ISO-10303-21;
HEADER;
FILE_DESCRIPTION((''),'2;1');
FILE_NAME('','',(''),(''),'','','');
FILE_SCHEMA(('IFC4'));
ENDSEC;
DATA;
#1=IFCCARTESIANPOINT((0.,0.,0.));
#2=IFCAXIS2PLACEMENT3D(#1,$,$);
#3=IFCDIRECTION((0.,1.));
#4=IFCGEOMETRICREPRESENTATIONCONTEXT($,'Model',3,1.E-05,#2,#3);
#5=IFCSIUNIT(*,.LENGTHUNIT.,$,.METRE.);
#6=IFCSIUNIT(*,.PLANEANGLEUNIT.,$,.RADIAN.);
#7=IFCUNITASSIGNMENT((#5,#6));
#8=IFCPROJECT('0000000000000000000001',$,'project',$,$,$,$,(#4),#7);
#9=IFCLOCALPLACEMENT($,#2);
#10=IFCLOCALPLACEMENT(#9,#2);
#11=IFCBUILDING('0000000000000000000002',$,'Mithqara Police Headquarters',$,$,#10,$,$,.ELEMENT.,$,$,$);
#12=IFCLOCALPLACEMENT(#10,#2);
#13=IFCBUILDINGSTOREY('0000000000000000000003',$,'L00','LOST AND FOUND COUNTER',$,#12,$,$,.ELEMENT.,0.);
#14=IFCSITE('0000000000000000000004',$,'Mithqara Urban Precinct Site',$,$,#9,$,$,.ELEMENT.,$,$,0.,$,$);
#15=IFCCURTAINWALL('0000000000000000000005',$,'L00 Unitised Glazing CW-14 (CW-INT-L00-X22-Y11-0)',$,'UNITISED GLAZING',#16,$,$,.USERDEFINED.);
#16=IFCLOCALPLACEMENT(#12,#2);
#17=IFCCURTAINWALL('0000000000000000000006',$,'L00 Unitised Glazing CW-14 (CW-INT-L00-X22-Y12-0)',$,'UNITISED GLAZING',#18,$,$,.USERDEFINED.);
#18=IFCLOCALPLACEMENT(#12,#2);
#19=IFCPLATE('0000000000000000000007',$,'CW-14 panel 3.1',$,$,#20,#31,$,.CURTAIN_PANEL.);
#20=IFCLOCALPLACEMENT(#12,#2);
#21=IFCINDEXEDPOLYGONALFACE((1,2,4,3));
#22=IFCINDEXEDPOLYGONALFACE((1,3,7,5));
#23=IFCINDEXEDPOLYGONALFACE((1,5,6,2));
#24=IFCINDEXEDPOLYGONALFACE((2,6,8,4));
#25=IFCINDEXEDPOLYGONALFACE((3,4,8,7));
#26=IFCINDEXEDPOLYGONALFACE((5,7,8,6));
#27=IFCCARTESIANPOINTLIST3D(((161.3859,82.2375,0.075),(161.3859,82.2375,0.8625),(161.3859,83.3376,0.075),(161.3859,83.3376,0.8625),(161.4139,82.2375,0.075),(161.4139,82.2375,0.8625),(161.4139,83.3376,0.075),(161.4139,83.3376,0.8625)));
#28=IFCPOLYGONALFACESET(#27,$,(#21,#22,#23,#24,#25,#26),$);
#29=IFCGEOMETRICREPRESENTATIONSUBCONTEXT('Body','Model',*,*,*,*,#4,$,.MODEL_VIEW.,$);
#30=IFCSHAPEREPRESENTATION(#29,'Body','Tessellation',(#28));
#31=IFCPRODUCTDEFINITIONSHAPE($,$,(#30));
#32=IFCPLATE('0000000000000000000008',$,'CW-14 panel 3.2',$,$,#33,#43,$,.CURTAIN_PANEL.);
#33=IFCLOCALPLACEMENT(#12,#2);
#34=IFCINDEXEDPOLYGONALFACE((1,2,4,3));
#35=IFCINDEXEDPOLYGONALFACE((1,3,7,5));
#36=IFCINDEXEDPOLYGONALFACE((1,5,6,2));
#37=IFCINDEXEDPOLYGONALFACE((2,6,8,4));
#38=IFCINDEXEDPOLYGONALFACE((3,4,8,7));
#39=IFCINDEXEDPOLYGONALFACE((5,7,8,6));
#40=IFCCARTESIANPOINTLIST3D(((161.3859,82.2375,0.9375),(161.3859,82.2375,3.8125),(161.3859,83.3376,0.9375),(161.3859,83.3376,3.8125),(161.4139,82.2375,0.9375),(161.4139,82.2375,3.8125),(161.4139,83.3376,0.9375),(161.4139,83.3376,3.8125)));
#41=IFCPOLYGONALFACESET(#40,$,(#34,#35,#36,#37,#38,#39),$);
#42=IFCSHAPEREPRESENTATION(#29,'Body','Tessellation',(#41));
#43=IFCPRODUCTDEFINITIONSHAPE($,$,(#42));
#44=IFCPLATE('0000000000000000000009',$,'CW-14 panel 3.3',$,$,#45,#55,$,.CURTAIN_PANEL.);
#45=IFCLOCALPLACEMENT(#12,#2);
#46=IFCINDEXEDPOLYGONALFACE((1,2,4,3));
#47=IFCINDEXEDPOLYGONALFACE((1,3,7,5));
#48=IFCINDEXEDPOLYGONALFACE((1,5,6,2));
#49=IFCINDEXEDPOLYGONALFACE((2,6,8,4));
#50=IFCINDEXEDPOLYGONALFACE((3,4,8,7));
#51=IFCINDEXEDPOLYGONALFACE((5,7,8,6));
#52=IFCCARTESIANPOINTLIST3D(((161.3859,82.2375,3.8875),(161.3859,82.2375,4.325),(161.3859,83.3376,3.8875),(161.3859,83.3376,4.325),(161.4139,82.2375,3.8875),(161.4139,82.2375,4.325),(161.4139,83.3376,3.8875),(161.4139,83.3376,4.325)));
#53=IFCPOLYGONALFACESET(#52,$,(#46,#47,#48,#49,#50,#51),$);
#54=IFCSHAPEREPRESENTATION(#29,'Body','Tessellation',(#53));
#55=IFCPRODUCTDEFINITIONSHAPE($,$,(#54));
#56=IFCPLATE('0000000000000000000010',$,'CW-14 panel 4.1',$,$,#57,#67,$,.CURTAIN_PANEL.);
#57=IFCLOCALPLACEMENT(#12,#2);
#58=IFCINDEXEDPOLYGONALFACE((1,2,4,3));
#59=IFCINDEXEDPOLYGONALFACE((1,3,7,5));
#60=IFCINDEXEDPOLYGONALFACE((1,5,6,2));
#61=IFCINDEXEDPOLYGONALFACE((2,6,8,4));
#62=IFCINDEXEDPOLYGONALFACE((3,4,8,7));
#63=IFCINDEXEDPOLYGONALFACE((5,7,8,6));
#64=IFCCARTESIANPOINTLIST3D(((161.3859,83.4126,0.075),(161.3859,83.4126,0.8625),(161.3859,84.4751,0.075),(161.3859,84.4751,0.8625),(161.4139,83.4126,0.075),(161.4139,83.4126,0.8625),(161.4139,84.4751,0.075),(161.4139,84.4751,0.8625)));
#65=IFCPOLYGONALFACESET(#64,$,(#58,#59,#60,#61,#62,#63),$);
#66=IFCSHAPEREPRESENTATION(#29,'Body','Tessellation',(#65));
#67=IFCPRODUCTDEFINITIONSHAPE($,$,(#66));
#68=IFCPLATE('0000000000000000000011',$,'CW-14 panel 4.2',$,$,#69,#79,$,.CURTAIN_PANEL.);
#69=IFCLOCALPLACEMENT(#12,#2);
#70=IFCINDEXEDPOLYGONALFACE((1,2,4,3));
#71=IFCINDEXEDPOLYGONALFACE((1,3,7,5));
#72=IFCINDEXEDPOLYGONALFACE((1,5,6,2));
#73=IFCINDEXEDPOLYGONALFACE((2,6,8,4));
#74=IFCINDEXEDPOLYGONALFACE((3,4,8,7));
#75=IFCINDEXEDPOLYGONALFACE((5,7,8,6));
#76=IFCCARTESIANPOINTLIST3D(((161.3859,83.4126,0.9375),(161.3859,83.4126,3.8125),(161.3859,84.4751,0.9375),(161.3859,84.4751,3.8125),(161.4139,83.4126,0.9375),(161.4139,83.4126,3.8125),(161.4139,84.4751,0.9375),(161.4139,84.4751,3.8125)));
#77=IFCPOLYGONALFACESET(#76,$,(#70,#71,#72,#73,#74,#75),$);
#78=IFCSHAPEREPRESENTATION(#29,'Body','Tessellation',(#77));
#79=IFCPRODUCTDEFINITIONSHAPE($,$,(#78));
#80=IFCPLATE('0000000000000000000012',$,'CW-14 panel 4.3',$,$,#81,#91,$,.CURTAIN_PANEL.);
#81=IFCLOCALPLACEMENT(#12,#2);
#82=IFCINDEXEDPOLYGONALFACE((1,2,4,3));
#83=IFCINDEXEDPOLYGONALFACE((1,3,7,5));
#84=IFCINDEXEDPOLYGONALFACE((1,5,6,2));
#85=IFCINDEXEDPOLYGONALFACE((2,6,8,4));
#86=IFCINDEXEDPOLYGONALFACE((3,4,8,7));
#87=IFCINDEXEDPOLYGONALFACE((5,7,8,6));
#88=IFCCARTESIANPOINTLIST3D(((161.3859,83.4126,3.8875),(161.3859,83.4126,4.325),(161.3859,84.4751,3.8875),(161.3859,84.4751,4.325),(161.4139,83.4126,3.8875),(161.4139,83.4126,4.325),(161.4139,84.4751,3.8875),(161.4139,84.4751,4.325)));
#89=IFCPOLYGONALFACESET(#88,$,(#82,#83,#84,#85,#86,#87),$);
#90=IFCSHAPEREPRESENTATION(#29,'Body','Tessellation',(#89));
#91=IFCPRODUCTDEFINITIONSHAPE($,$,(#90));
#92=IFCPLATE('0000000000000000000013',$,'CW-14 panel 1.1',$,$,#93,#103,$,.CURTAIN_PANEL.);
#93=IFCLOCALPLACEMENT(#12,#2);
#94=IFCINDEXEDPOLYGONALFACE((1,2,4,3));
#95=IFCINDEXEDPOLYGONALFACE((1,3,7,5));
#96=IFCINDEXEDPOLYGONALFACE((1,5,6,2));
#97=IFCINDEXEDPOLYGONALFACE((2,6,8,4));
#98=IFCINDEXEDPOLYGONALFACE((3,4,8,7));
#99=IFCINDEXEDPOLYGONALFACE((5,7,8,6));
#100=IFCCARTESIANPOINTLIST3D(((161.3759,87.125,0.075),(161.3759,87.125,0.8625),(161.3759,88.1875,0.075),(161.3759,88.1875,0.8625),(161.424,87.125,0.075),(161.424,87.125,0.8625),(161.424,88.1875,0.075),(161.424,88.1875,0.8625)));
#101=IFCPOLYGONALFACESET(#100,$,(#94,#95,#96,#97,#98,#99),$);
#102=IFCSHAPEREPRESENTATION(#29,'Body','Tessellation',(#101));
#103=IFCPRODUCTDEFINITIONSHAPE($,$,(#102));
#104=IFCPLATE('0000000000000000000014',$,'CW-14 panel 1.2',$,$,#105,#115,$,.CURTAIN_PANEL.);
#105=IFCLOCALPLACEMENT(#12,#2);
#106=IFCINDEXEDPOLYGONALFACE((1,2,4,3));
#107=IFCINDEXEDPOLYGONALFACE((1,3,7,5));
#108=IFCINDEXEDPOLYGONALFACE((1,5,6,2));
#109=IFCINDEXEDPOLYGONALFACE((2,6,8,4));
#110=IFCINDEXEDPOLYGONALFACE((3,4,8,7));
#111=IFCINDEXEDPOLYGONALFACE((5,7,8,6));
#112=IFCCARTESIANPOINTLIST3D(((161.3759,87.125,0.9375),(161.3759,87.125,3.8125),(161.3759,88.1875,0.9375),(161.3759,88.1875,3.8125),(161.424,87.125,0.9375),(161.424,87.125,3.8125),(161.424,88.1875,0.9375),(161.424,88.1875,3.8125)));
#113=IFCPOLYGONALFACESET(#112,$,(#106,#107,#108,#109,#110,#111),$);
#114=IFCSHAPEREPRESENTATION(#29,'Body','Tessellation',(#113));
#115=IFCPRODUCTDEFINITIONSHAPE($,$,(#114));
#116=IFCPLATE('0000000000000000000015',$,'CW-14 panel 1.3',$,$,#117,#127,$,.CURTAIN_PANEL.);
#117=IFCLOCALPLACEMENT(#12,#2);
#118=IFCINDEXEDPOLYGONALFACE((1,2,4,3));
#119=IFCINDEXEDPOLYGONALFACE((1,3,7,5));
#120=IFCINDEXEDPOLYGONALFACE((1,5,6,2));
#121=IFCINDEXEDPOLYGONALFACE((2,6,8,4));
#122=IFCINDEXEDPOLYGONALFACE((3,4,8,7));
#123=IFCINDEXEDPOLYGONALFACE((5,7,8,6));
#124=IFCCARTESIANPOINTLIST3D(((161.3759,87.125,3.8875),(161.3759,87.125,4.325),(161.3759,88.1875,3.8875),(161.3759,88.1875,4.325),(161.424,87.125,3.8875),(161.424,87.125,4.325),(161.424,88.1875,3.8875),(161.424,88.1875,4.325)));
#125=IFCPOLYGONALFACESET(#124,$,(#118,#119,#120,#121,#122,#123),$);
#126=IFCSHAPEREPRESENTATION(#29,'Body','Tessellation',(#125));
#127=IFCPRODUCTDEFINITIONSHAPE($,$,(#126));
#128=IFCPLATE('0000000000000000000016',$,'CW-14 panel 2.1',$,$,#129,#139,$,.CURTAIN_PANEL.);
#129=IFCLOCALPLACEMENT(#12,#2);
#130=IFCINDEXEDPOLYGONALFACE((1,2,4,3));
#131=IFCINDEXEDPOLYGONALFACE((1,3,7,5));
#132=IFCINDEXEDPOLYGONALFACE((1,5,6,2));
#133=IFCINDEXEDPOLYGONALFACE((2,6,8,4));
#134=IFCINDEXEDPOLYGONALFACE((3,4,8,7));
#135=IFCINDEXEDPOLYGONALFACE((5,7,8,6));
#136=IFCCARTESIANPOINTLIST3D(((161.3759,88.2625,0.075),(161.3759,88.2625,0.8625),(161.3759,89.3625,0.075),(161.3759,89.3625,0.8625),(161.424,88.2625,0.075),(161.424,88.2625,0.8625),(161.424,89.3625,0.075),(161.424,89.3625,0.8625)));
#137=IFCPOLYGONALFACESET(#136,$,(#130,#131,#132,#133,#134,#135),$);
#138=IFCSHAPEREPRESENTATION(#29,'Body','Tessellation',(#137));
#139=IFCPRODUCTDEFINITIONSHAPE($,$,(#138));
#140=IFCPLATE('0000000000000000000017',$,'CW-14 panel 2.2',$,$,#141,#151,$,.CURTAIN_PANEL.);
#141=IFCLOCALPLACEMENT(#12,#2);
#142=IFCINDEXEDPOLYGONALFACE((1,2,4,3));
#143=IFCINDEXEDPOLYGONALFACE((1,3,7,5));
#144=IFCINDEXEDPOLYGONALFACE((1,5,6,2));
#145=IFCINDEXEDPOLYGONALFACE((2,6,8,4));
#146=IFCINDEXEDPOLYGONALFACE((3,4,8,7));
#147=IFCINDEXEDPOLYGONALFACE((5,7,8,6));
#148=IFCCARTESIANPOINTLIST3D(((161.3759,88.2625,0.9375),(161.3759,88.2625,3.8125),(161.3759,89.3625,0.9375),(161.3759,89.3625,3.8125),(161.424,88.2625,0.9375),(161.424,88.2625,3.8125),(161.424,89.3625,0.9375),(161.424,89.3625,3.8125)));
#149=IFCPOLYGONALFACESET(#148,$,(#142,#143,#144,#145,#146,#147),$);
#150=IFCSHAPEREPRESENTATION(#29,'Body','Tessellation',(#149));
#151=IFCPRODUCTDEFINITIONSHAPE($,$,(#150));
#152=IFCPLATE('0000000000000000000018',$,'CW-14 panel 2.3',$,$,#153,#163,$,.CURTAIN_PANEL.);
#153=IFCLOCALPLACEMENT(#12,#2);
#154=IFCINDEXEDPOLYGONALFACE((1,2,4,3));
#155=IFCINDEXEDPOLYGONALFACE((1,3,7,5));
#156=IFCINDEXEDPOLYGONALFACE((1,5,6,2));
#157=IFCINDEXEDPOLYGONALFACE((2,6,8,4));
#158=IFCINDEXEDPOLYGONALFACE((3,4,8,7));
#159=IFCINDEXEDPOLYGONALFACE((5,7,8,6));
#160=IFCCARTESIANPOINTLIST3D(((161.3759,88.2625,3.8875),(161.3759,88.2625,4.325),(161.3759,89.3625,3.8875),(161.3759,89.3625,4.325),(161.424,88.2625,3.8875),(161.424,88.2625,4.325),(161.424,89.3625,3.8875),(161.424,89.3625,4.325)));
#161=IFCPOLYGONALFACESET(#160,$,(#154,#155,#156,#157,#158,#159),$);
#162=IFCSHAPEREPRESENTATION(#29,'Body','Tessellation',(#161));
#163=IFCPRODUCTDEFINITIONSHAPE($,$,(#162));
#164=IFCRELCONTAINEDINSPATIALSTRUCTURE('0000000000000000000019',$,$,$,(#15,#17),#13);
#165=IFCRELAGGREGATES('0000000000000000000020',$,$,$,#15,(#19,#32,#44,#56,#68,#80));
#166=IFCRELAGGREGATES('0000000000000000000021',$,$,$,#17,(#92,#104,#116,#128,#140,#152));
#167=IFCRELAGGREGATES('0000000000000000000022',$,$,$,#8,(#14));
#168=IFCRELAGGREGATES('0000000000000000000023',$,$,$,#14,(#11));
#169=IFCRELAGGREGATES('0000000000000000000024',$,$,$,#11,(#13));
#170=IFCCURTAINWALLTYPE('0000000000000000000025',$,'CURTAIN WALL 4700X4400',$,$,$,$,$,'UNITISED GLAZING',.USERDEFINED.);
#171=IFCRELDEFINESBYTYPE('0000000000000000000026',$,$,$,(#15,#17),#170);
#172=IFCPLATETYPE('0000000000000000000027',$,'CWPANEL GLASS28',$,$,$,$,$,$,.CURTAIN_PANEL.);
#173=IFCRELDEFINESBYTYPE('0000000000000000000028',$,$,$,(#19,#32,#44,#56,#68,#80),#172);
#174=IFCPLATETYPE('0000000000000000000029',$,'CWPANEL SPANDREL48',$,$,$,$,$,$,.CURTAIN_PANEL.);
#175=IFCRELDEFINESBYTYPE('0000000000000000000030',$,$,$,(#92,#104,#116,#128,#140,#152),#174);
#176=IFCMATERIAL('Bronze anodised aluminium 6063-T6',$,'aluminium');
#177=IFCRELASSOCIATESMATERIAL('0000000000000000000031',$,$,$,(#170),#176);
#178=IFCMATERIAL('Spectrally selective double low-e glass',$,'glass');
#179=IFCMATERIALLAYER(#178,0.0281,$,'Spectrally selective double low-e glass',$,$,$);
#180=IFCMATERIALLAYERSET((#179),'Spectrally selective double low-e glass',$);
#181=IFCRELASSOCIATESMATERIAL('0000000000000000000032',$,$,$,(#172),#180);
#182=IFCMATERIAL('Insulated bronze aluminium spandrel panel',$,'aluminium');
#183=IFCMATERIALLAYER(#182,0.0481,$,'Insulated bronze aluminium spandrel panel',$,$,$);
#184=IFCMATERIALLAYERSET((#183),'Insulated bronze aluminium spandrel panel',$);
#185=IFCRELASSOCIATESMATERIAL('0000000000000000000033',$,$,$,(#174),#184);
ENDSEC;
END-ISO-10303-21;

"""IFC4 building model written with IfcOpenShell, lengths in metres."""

from ifc_helpers import new_model, si_unit, direction, frame, origin, origin_2d, place, context, subcontext, project, spatial, rectangle, extrude, material, layer, layer_set, type_object, element, aggregate, save


model = new_model("IFC4")

# Units and contexts
model_context = context("Model", 3, precision=1e-05, world=origin(), true_north=direction((0.0, 1.0)))
body_context = subcontext(model_context, "Body", "Model", "MODEL_VIEW")
ifc_project = project(units=[si_unit("LENGTHUNIT", "METRE"), si_unit("PLANEANGLEUNIT", "RADIAN")], contexts=[model_context])

# Site, building, storey
site_placement = place(None, origin())
site = spatial("IfcSite", under=ifc_project, at=site_placement, Name="Mithqara Urban Precinct Site", CompositionType="ELEMENT", RefElevation=0.0)
building_placement = place(site_placement, origin())
building = spatial("IfcBuilding", under=site, at=building_placement, Name="Mithqara Police Headquarters", CompositionType="ELEMENT")
storey_placement = place(building_placement, origin())
storey = spatial("IfcBuildingStorey", under=building, at=storey_placement, Name="L00", Description="LOST AND FOUND COUNTER", CompositionType="ELEMENT", Elevation=0.0)

# Curtain walls
ifc_material_1 = material(Name="Bronze anodised aluminium 6063-T6", Category="aluminium")
curtain_wall_type = type_object("IfcCurtainWallType", Name="CURTAIN WALL 4700X4400", ElementType="UNITISED GLAZING", PredefinedType="USERDEFINED", material=ifc_material_1)
curtain_wall_1_placement = place(storey_placement, origin())
curtain_wall_1 = element("IfcCurtainWall", 1, at=curtain_wall_1_placement, inside=storey, type_object=curtain_wall_type, Name="L00 Unitised Glazing CW-14 (CW-INT-L00-X22-Y11-0)", ObjectType="UNITISED GLAZING", PredefinedType="USERDEFINED")
curtain_wall_2_placement = place(storey_placement, origin())
curtain_wall_2 = element("IfcCurtainWall", 2, at=curtain_wall_2_placement, inside=storey, type_object=curtain_wall_type, Name="L00 Unitised Glazing CW-14 (CW-INT-L00-X22-Y12-0)", ObjectType="UNITISED GLAZING", PredefinedType="USERDEFINED")

# Plates
ifc_material_2 = material(Name="Spectrally selective double low-e glass", Category="glass")
ifc_layer_1 = layer(ifc_material_2, 0.0281, Name="Spectrally selective double low-e glass")
ifc_layer_set_1 = layer_set([ifc_layer_1], Name="Spectrally selective double low-e glass")
plate_type_1 = type_object("IfcPlateType", Name="CWPANEL GLASS28", PredefinedType="CURTAIN_PANEL", material=ifc_layer_set_1)
plate_1_placement = place(storey_placement, frame((161.3999, 82.7876, 0.075), z_axis=(0.0, 0.0, 1.0), x_axis=(0.0, 1.0, 0.0)))
plate_1 = element("IfcPlate", 3, at=plate_1_placement, type_object=plate_type_1, Name="CW-14 panel 3.1", PredefinedType="CURTAIN_PANEL", context=body_context, shape_type="SweptSolid", body=[
    extrude(rectangle(XDim=1.1001, YDim=0.0281, at=origin_2d()), origin(), (0.0, 0.0, 1.0), 0.7876),
])
plate_2_placement = place(storey_placement, frame((161.3999, 82.7876, 0.9375), z_axis=(0.0, 0.0, 1.0), x_axis=(0.0, 1.0, 0.0)))
plate_2 = element("IfcPlate", 4, at=plate_2_placement, type_object=plate_type_1, Name="CW-14 panel 3.2", PredefinedType="CURTAIN_PANEL", context=body_context, shape_type="SweptSolid", body=[
    extrude(rectangle(XDim=1.1001, YDim=0.0281, at=origin_2d()), origin(), (0.0, 0.0, 1.0), 2.875),
])
plate_3_placement = place(storey_placement, frame((161.3999, 82.7876, 3.8875), z_axis=(0.0, 0.0, 1.0), x_axis=(0.0, 1.0, 0.0)))
plate_3 = element("IfcPlate", 5, at=plate_3_placement, type_object=plate_type_1, Name="CW-14 panel 3.3", PredefinedType="CURTAIN_PANEL", context=body_context, shape_type="SweptSolid", body=[
    extrude(rectangle(XDim=1.1001, YDim=0.0281, at=origin_2d()), origin(), (0.0, 0.0, 1.0), 0.4375),
])
plate_4_placement = place(storey_placement, frame((161.3999, 83.9438, 0.075), z_axis=(0.0, 0.0, 1.0), x_axis=(0.0, 1.0, 0.0)))
plate_4 = element("IfcPlate", 6, at=plate_4_placement, type_object=plate_type_1, Name="CW-14 panel 4.1", PredefinedType="CURTAIN_PANEL", context=body_context, shape_type="SweptSolid", body=[
    extrude(rectangle(XDim=1.0625, YDim=0.0281, at=origin_2d()), origin(), (0.0, 0.0, 1.0), 0.7876),
])
plate_5_placement = place(storey_placement, frame((161.3999, 83.9438, 0.9375), z_axis=(0.0, 0.0, 1.0), x_axis=(0.0, 1.0, 0.0)))
plate_5 = element("IfcPlate", 7, at=plate_5_placement, type_object=plate_type_1, Name="CW-14 panel 4.2", PredefinedType="CURTAIN_PANEL", context=body_context, shape_type="SweptSolid", body=[
    extrude(rectangle(XDim=1.0625, YDim=0.0281, at=origin_2d()), origin(), (0.0, 0.0, 1.0), 2.875),
])
plate_6_placement = place(storey_placement, frame((161.3999, 83.9438, 3.8875), z_axis=(0.0, 0.0, 1.0), x_axis=(0.0, 1.0, 0.0)))
plate_6 = element("IfcPlate", 8, at=plate_6_placement, type_object=plate_type_1, Name="CW-14 panel 4.3", PredefinedType="CURTAIN_PANEL", context=body_context, shape_type="SweptSolid", body=[
    extrude(rectangle(XDim=1.0625, YDim=0.0281, at=origin_2d()), origin(), (0.0, 0.0, 1.0), 0.4375),
])
aggregate(curtain_wall_1, [plate_1, plate_2, plate_3, plate_4, plate_5, plate_6])
ifc_material_3 = material(Name="Insulated bronze aluminium spandrel panel", Category="aluminium")
ifc_layer_2 = layer(ifc_material_3, 0.0481, Name="Insulated bronze aluminium spandrel panel")
ifc_layer_set_2 = layer_set([ifc_layer_2], Name="Insulated bronze aluminium spandrel panel")
plate_type_2 = type_object("IfcPlateType", Name="CWPANEL SPANDREL48", PredefinedType="CURTAIN_PANEL", material=ifc_layer_set_2)
plate_7_placement = place(storey_placement, frame((161.3999, 87.6562, 0.075), z_axis=(0.0, 0.0, 1.0), x_axis=(0.0, 1.0, 0.0)))
plate_7 = element("IfcPlate", 9, at=plate_7_placement, type_object=plate_type_2, Name="CW-14 panel 1.1", PredefinedType="CURTAIN_PANEL", context=body_context, shape_type="SweptSolid", body=[
    extrude(rectangle(XDim=1.0625, YDim=0.0481, at=origin_2d()), origin(), (0.0, 0.0, 1.0), 0.7876),
])
plate_8_placement = place(storey_placement, frame((161.3999, 87.6562, 0.9375), z_axis=(0.0, 0.0, 1.0), x_axis=(0.0, 1.0, 0.0)))
plate_8 = element("IfcPlate", 10, at=plate_8_placement, type_object=plate_type_2, Name="CW-14 panel 1.2", PredefinedType="CURTAIN_PANEL", context=body_context, shape_type="SweptSolid", body=[
    extrude(rectangle(XDim=1.0625, YDim=0.0481, at=origin_2d()), origin(), (0.0, 0.0, 1.0), 2.875),
])
plate_9_placement = place(storey_placement, frame((161.3999, 87.6562, 3.8875), z_axis=(0.0, 0.0, 1.0), x_axis=(0.0, 1.0, 0.0)))
plate_9 = element("IfcPlate", 11, at=plate_9_placement, type_object=plate_type_2, Name="CW-14 panel 1.3", PredefinedType="CURTAIN_PANEL", context=body_context, shape_type="SweptSolid", body=[
    extrude(rectangle(XDim=1.0625, YDim=0.0481, at=origin_2d()), origin(), (0.0, 0.0, 1.0), 0.4375),
])
plate_10_placement = place(storey_placement, frame((161.3999, 88.8125, 0.075), z_axis=(0.0, 0.0, 1.0), x_axis=(0.0, 1.0, 0.0)))
plate_10 = element("IfcPlate", 12, at=plate_10_placement, type_object=plate_type_2, Name="CW-14 panel 2.1", PredefinedType="CURTAIN_PANEL", context=body_context, shape_type="SweptSolid", body=[
    extrude(rectangle(XDim=1.1001, YDim=0.0481, at=origin_2d()), origin(), (0.0, 0.0, 1.0), 0.7876),
])
plate_11_placement = place(storey_placement, frame((161.3999, 88.8125, 0.9375), z_axis=(0.0, 0.0, 1.0), x_axis=(0.0, 1.0, 0.0)))
plate_11 = element("IfcPlate", 13, at=plate_11_placement, type_object=plate_type_2, Name="CW-14 panel 2.2", PredefinedType="CURTAIN_PANEL", context=body_context, shape_type="SweptSolid", body=[
    extrude(rectangle(XDim=1.1001, YDim=0.0481, at=origin_2d()), origin(), (0.0, 0.0, 1.0), 2.875),
])
plate_12_placement = place(storey_placement, frame((161.3999, 88.8125, 3.8875), z_axis=(0.0, 0.0, 1.0), x_axis=(0.0, 1.0, 0.0)))
plate_12 = element("IfcPlate", 14, at=plate_12_placement, type_object=plate_type_2, Name="CW-14 panel 2.3", PredefinedType="CURTAIN_PANEL", context=body_context, shape_type="SweptSolid", body=[
    extrude(rectangle(XDim=1.1001, YDim=0.0481, at=origin_2d()), origin(), (0.0, 0.0, 1.0), 0.4375),
])
aggregate(curtain_wall_2, [plate_7, plate_8, plate_9, plate_10, plate_11, plate_12])

save(model, "model.ifc")
